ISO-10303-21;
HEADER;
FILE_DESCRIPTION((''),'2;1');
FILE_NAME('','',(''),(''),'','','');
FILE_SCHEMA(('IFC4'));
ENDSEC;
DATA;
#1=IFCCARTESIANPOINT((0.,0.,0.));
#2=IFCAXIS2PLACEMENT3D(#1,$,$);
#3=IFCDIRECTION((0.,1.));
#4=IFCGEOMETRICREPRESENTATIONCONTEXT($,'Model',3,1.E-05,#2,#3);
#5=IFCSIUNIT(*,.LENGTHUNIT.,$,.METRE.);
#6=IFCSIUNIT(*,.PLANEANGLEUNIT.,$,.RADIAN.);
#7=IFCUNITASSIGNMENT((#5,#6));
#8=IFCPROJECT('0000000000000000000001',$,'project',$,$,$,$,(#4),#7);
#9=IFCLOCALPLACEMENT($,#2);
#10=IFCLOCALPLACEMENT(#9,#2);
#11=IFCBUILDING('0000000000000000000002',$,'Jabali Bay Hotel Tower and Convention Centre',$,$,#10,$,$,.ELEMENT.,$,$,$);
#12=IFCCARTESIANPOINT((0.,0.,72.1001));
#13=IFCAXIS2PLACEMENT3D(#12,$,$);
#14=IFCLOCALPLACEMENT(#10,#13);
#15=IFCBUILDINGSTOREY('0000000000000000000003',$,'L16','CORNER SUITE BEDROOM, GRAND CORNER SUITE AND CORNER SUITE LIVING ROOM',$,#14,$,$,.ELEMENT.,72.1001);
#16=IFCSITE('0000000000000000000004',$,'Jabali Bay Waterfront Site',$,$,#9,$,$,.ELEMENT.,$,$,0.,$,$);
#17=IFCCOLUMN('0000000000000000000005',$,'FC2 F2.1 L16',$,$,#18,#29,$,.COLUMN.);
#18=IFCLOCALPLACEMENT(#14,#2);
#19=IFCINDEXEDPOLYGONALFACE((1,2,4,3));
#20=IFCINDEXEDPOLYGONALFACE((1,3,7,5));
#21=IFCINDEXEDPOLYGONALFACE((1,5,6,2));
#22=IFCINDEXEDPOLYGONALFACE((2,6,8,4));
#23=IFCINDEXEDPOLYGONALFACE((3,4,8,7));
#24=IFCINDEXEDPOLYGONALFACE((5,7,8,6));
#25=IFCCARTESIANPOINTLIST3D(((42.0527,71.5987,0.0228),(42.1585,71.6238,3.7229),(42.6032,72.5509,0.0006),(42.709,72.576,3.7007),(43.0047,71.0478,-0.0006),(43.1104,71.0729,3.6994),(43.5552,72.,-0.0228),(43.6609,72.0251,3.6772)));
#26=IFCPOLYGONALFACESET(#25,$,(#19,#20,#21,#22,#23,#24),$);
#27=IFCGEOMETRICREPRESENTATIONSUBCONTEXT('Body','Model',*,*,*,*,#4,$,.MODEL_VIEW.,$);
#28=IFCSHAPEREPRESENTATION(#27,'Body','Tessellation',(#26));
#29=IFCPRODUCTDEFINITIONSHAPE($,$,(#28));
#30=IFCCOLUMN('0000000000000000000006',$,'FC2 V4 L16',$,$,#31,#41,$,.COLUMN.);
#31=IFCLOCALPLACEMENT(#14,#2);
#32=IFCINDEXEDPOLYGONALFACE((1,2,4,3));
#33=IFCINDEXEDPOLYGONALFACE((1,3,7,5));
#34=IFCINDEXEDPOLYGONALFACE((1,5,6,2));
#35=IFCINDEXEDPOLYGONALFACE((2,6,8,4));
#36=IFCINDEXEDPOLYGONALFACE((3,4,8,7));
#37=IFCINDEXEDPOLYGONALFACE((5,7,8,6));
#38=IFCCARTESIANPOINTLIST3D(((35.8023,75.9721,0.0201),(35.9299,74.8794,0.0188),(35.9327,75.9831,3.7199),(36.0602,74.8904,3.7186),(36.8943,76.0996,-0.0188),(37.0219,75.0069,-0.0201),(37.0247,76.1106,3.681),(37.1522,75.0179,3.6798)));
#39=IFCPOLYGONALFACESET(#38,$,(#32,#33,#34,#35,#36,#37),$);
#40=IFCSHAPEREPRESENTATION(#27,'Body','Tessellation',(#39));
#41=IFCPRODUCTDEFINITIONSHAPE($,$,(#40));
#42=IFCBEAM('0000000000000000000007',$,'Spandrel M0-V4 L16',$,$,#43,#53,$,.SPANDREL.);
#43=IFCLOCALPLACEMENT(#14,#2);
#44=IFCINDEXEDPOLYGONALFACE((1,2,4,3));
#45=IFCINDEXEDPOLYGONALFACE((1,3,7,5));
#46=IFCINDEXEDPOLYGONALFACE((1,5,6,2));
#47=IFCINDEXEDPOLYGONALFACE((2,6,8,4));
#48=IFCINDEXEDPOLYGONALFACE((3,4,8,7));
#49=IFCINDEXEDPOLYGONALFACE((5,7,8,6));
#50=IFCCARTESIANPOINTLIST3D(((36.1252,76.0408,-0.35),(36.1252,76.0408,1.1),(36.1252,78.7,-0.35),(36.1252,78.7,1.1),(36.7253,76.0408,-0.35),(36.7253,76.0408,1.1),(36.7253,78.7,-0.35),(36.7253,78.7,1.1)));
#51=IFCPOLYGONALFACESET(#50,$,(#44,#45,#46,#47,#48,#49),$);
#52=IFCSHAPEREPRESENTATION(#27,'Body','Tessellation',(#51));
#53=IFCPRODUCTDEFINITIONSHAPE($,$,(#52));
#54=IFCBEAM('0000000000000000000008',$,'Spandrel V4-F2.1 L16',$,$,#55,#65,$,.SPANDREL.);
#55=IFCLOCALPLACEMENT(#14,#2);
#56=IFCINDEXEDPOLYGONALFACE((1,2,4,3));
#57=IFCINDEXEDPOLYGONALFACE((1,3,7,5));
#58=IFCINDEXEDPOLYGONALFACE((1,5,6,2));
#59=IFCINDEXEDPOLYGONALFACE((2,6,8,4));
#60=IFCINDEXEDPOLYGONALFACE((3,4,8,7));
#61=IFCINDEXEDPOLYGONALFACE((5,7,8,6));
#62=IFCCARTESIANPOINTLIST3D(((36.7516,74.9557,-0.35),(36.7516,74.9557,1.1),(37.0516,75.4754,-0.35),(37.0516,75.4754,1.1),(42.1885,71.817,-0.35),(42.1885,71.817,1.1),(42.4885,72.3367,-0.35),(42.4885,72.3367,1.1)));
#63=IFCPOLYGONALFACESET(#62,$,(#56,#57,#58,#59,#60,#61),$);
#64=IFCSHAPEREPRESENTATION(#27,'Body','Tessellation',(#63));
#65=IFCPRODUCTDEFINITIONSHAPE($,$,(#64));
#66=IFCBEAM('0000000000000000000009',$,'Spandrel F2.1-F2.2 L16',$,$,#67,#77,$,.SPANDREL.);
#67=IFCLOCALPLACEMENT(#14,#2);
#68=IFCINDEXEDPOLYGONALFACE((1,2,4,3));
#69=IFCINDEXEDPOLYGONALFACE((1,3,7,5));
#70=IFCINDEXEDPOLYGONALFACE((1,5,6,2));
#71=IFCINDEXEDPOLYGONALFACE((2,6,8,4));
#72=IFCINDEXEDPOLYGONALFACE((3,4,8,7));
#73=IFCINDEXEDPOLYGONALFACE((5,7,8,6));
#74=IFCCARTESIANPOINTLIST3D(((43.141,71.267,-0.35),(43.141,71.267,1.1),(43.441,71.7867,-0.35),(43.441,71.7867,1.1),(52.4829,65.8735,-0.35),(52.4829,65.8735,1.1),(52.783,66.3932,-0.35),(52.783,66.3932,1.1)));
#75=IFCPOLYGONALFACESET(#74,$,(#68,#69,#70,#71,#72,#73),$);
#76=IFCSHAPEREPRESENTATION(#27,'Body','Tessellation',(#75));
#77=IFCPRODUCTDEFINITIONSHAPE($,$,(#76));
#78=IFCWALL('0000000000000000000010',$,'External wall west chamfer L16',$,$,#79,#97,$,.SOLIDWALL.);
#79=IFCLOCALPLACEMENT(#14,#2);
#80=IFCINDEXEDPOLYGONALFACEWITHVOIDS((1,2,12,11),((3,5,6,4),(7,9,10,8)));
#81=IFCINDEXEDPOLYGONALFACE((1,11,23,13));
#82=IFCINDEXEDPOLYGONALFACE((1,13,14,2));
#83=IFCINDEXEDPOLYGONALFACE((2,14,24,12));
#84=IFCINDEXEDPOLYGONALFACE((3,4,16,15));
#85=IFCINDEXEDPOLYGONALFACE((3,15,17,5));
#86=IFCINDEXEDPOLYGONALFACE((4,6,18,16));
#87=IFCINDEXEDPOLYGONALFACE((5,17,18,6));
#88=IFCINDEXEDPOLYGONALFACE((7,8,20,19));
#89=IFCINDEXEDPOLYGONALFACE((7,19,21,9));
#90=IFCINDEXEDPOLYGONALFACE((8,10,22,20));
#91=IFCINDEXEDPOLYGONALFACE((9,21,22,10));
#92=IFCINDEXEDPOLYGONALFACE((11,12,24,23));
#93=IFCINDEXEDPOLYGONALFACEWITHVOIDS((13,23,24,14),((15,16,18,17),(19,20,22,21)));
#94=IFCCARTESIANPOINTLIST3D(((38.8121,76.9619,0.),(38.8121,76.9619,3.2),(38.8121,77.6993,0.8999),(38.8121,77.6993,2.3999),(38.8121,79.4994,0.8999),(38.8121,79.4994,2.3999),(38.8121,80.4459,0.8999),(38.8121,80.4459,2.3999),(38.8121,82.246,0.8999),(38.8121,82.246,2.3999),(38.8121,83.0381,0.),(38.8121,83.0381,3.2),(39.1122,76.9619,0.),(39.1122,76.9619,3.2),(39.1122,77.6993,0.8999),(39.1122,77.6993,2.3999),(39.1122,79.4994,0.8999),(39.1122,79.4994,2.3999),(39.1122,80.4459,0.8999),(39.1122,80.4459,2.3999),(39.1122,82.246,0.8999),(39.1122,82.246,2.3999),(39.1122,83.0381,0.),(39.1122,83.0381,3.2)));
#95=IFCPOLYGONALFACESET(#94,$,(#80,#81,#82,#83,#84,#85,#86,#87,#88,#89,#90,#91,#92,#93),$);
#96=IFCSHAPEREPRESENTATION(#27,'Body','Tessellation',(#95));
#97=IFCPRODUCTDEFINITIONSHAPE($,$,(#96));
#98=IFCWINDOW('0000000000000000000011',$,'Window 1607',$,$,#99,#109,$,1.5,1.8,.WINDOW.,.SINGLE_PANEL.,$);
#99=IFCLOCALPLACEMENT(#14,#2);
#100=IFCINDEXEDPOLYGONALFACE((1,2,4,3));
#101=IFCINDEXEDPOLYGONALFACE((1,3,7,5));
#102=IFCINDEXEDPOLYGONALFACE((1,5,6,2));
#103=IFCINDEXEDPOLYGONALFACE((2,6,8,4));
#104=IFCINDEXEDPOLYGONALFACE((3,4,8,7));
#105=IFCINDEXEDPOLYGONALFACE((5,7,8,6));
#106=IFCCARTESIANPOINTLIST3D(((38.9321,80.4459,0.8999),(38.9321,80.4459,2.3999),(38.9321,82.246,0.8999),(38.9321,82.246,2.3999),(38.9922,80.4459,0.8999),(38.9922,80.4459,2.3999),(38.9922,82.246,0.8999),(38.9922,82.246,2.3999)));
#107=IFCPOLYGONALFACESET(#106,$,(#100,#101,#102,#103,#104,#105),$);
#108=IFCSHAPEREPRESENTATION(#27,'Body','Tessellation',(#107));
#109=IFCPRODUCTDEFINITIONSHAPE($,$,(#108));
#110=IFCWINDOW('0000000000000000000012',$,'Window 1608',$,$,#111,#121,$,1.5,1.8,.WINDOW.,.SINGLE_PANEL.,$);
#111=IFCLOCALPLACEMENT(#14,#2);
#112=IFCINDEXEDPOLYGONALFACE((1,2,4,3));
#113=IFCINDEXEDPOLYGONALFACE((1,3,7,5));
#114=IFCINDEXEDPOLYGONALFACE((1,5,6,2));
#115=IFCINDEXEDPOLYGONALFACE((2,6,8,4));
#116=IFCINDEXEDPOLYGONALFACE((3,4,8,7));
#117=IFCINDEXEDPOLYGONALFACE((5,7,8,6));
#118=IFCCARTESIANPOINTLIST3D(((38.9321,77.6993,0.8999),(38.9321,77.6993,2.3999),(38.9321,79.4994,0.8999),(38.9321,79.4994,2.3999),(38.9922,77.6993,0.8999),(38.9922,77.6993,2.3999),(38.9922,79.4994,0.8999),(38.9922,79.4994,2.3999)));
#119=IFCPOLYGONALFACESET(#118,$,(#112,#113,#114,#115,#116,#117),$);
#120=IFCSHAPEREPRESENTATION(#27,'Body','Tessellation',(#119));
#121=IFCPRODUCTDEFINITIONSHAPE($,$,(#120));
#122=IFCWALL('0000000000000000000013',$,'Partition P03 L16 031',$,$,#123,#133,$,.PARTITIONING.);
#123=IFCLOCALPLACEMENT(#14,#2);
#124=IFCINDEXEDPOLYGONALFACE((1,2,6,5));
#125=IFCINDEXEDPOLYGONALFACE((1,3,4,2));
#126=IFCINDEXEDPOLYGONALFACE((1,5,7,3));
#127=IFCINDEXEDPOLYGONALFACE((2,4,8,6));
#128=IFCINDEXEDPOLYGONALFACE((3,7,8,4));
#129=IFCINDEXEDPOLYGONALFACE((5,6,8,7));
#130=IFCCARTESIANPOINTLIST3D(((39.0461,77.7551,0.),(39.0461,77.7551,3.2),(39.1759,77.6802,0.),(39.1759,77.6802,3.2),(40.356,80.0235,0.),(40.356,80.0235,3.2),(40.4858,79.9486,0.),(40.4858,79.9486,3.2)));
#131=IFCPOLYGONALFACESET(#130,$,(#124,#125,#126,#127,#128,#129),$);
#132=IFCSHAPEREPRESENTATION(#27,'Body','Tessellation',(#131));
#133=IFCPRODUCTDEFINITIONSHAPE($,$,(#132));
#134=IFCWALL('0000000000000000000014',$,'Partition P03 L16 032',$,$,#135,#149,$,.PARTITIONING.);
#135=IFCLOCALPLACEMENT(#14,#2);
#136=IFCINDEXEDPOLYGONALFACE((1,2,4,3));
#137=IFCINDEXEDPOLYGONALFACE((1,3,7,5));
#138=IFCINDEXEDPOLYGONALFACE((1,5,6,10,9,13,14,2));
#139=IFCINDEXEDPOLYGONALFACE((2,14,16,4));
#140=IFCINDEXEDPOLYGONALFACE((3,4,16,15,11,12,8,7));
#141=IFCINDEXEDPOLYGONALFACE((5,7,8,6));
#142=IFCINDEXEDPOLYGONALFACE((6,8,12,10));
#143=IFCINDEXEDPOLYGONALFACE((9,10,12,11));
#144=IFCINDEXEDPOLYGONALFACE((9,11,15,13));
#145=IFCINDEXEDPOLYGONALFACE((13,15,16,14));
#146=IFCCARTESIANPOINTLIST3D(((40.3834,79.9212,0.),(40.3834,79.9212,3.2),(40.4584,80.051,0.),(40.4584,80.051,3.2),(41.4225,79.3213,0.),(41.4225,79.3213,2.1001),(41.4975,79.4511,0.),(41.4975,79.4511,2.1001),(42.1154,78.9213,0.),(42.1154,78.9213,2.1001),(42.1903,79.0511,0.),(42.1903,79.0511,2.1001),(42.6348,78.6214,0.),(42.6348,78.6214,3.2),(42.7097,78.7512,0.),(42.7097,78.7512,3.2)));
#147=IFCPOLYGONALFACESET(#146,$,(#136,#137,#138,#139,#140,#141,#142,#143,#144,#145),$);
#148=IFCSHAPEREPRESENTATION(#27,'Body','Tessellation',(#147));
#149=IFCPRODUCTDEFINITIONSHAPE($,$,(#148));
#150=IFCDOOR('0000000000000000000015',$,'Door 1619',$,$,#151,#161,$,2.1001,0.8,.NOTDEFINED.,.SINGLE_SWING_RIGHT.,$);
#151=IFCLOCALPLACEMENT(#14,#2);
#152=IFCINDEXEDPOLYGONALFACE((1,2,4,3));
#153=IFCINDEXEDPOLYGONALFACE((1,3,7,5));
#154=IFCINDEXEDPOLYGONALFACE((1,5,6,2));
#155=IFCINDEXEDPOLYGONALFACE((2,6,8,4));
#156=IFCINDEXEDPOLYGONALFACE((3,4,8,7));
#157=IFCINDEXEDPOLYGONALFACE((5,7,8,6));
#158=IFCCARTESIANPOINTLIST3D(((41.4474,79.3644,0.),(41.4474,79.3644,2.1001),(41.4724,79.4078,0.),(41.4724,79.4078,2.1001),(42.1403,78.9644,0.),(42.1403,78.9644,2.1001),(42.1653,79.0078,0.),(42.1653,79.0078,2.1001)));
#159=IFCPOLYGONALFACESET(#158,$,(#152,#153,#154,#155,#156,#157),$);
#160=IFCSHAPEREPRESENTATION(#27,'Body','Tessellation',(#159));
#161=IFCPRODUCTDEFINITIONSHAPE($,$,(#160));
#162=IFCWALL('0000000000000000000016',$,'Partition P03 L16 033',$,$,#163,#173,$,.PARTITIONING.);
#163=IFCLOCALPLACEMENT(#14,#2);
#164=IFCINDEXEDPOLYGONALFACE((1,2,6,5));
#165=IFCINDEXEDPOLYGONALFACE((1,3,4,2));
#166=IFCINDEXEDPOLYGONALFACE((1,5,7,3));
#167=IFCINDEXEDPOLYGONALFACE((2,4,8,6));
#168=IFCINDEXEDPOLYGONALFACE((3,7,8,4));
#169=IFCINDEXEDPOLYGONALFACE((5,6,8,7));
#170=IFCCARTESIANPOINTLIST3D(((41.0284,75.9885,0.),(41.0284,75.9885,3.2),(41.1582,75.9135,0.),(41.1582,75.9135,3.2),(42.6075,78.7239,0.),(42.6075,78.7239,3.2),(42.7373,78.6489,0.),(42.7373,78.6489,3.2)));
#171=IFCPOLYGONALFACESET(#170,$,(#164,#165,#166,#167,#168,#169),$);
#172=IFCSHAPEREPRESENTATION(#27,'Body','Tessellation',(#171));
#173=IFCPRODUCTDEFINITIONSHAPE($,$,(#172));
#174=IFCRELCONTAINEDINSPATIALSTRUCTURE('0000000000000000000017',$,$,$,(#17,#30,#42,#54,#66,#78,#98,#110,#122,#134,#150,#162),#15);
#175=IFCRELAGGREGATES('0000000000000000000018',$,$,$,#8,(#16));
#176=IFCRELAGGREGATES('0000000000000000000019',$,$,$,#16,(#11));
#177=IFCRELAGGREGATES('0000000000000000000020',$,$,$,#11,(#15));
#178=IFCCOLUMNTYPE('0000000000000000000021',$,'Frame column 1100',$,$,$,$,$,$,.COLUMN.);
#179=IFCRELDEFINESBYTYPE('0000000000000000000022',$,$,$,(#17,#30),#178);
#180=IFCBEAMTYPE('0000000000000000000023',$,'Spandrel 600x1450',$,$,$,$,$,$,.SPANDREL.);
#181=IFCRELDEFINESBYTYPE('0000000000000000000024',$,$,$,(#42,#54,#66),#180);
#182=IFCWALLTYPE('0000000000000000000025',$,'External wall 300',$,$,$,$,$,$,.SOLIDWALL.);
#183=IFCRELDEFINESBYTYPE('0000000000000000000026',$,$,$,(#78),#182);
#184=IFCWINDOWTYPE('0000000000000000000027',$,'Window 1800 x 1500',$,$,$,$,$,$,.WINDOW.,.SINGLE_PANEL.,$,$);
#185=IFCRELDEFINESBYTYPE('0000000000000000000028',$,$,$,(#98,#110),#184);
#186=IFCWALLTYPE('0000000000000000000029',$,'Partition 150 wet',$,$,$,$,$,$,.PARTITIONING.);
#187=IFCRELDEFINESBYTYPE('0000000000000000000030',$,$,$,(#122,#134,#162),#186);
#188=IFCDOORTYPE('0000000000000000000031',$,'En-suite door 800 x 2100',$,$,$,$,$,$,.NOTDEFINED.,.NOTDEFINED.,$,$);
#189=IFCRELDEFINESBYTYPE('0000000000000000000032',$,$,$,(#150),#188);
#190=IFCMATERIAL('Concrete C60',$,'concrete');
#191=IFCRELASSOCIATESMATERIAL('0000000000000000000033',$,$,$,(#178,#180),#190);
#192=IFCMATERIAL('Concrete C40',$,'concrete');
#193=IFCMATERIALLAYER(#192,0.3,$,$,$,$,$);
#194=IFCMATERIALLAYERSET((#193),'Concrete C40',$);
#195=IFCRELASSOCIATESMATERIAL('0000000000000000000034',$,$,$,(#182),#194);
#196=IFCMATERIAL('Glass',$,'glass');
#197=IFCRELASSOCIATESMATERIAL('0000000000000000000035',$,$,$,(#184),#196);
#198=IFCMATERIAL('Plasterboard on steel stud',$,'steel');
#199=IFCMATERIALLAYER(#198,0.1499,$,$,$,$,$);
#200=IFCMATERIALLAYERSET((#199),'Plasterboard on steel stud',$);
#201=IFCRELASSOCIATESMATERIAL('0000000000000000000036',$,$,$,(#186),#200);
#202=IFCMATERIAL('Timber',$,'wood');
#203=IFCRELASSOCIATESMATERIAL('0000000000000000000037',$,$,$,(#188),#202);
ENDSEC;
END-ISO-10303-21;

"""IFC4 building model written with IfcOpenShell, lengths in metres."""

from ifc_helpers import new_model, si_unit, direction, frame, frame_2d, origin, origin_2d, place, context, subcontext, project, spatial, rectangle, extrude, material, layer, layer_set, material_profile, profile_set, type_object, element, fill, save


model = new_model("IFC4")

# Units and contexts
model_context = context("Model", 3, precision=1e-05, world=origin(), true_north=direction((0.0, 1.0)))
body_context = subcontext(model_context, "Body", "Model", "MODEL_VIEW")
ifc_project = project(units=[si_unit("LENGTHUNIT", "METRE"), si_unit("PLANEANGLEUNIT", "RADIAN")], contexts=[model_context])

# Site, building, storey
site_placement = place(None, origin())
site = spatial("IfcSite", under=ifc_project, at=site_placement, Name="Jabali Bay Waterfront Site", CompositionType="ELEMENT", RefElevation=0.0)
building_placement = place(site_placement, origin())
building = spatial("IfcBuilding", under=site, at=building_placement, Name="Jabali Bay Hotel Tower and Convention Centre", CompositionType="ELEMENT")
storey_placement = place(building_placement, frame((0.0, 0.0, 72.1001)))
storey = spatial("IfcBuildingStorey", under=building, at=storey_placement, Name="L16", Description="CORNER SUITE BEDROOM, GRAND CORNER SUITE AND CORNER SUITE LIVING ROOM", CompositionType="ELEMENT", Elevation=72.1001)

# Columns
ifc_material_1 = material(Name="Concrete C60", Category="concrete")
ifc_material_profile_1 = material_profile(ifc_material_1, rectangle(XDim=1.1001, YDim=1.1001, at=origin_2d()), Name="Frame column 1100")
ifc_profile_set_1 = profile_set([ifc_material_profile_1], Name="Concrete C60")
column_type = type_object("IfcColumnType", Name="Frame column 1100", PredefinedType="COLUMN", material=ifc_profile_set_1)
column_1_placement = place(storey_placement, frame((42.804, 71.7993, 0.0), z_axis=(0.028559, 0.006794, 0.999569), x_axis=(-0.865319, 0.500768, 0.02132)))
element("IfcColumn", 1, at=column_1_placement, inside=storey, type_object=column_type, Name="FC2 F2.1 L16", PredefinedType="COLUMN", context=body_context, shape_type="SweptSolid", body=[
    extrude(rectangle(XDim=1.1001, YDim=1.1001, at=origin_2d()), origin(), (0.0, 0.0, 1.0), 3.7017),
])
column_2_placement = place(storey_placement, frame((36.4121, 75.4895, 0.0), z_axis=(0.035214, 0.002967, 0.999375), x_axis=(-0.115923, 0.993258, 0.001135)))
element("IfcColumn", 2, at=column_2_placement, inside=storey, type_object=column_type, Name="FC2 V4 L16", PredefinedType="COLUMN", context=body_context, shape_type="SweptSolid", body=[
    extrude(rectangle(XDim=1.1001, YDim=1.1001, at=origin_2d()), origin(), (0.0, 0.0, 1.0), 3.7021),
])

# Beams
ifc_material_profile_2 = material_profile(ifc_material_1, rectangle(XDim=0.6001, YDim=1.45, at=origin_2d()), Name="Spandrel 600x1450")
ifc_profile_set_2 = profile_set([ifc_material_profile_2], Name="Concrete C60")
beam_type = type_object("IfcBeamType", Name="Spandrel 600x1450", PredefinedType="SPANDREL", material=ifc_profile_set_2)
beam_1_placement = place(storey_placement, frame((36.4253, 78.7, 0.375), z_axis=(0.0, -1.0, 0.0), x_axis=(1.0, 0.0, 0.0)))
element("IfcBeam", 3, at=beam_1_placement, inside=storey, type_object=beam_type, Name="Spandrel M0-V4 L16", PredefinedType="SPANDREL", context=body_context, shape_type="SweptSolid", body=[
    extrude(rectangle(XDim=0.6001, YDim=1.45, at=origin_2d()), origin(), (0.0, 0.0, 1.0), 2.6592),
])
beam_2_placement = place(storey_placement, frame((36.9016, 75.2156, 0.375), z_axis=(0.866042, -0.49997, 0.0), x_axis=(0.49997, 0.866042, 0.0)))
element("IfcBeam", 4, at=beam_2_placement, inside=storey, type_object=beam_type, Name="Spandrel V4-F2.1 L16", PredefinedType="SPANDREL", context=body_context, shape_type="SweptSolid", body=[
    extrude(rectangle(XDim=0.6001, YDim=1.45, at=origin_2d()), origin(), (0.0, 0.0, 1.0), 6.2778),
])
beam_3_placement = place(storey_placement, frame((43.291, 71.5269, 0.375), z_axis=(0.866028, -0.499995, 0.0), x_axis=(0.499995, 0.866028, 0.0)))
element("IfcBeam", 5, at=beam_3_placement, inside=storey, type_object=beam_type, Name="Spandrel F2.1-F2.2 L16", PredefinedType="SPANDREL", context=body_context, shape_type="SweptSolid", body=[
    extrude(rectangle(XDim=0.6001, YDim=1.45, at=origin_2d()), origin(), (0.0, 0.0, 1.0), 10.7871),
])

# Wall, openings, windows
ifc_material_2 = material(Name="Concrete C40", Category="concrete")
ifc_layer_1 = layer(ifc_material_2, 0.3)
ifc_layer_set_1 = layer_set([ifc_layer_1], Name="Concrete C40")
wall_type_1 = type_object("IfcWallType", Name="External wall 300", PredefinedType="SOLIDWALL", material=ifc_layer_set_1)
wall_1_placement = place(storey_placement, frame((38.9622, 76.9619, 0.0), z_axis=(0.0, 0.0, 1.0), x_axis=(0.0, 1.0, 0.0)))
wall_1 = element("IfcWall", 6, at=wall_1_placement, inside=storey, type_object=wall_type_1, Name="External wall west chamfer L16", PredefinedType="SOLIDWALL", context=body_context, shape_type="SweptSolid", body=[
    extrude(rectangle(XDim=6.0762, YDim=0.3, at=frame_2d((3.0381, 0.0))), origin(), (0.0, 0.0, 1.0), 3.2),
])
opening_1_placement = place(wall_1_placement, frame((3.4841, 0.0, 0.8999)))
opening_1 = element("IfcOpeningElement", 7, at=opening_1_placement, cuts=wall_1, PredefinedType="OPENING", context=body_context, shape_type="SweptSolid", body=[
    extrude(rectangle(XDim=1.8, YDim=1.5, at=frame_2d((0.8999, 0.75))), frame((0.0, 0.1606, 0.0), z_axis=(0.0, -1.0, 0.0), x_axis=(1.0, 0.0, 0.0)), (0.0, 0.0, 1.0), 0.321),
])
opening_2_placement = place(wall_1_placement, frame((0.7375, 0.0, 0.8999)))
opening_2 = element("IfcOpeningElement", 8, at=opening_2_placement, cuts=wall_1, PredefinedType="OPENING", context=body_context, shape_type="SweptSolid", body=[
    extrude(rectangle(XDim=1.8, YDim=1.5, at=frame_2d((0.8999, 0.75))), frame((0.0, 0.1606, 0.0), z_axis=(0.0, -1.0, 0.0), x_axis=(1.0, 0.0, 0.0)), (0.0, 0.0, 1.0), 0.321),
])
ifc_material_3 = material(Name="Glass", Category="glass")
window_type = type_object("IfcWindowType", Name="Window 1800 x 1500", PartitioningType="SINGLE_PANEL", PredefinedType="WINDOW", material=ifc_material_3)
window_1_placement = place(opening_1_placement, origin())
window_1 = element("IfcWindow", 9, at=window_1_placement, inside=storey, type_object=window_type, Name="Window 1607", OverallHeight=1.5, OverallWidth=1.8, PartitioningType="SINGLE_PANEL", PredefinedType="WINDOW", context=body_context, shape_type="SweptSolid", body=[
    extrude(rectangle(XDim=1.8, YDim=1.5, at=frame_2d((0.8999, 0.75))), frame((0.0, 0.03, 0.0), z_axis=(0.0, -1.0, 0.0), x_axis=(1.0, 0.0, 0.0)), (0.0, 0.0, 1.0), 0.0601),
])
fill(opening_1, window_1)
window_2_placement = place(opening_2_placement, origin())
window_2 = element("IfcWindow", 10, at=window_2_placement, inside=storey, type_object=window_type, Name="Window 1608", OverallHeight=1.5, OverallWidth=1.8, PartitioningType="SINGLE_PANEL", PredefinedType="WINDOW", context=body_context, shape_type="SweptSolid", body=[
    extrude(rectangle(XDim=1.8, YDim=1.5, at=frame_2d((0.8999, 0.75))), frame((0.0, 0.03, 0.0), z_axis=(0.0, -1.0, 0.0), x_axis=(1.0, 0.0, 0.0)), (0.0, 0.0, 1.0), 0.0601),
])
fill(opening_2, window_2)

# Wall
ifc_material_4 = material(Name="Plasterboard on steel stud", Category="steel")
ifc_layer_2 = layer(ifc_material_4, 0.1499)
ifc_layer_set_2 = layer_set([ifc_layer_2], Name="Plasterboard on steel stud")
wall_type_2 = type_object("IfcWallType", Name="Partition 150 wet", PredefinedType="PARTITIONING", material=ifc_layer_set_2)
wall_2_placement = place(storey_placement, frame((39.1111, 77.7178, 0.0), z_axis=(0.0, 0.0, 1.0), x_axis=(0.500059, 0.865992, 0.0)))
element("IfcWall", 11, at=wall_2_placement, inside=storey, type_object=wall_type_2, Name="Partition P03 L16 031", PredefinedType="PARTITIONING", context=body_context, shape_type="SweptSolid", body=[
    extrude(rectangle(XDim=2.6194, YDim=0.1499, at=frame_2d((1.3096, 0.0))), origin(), (0.0, 0.0, 1.0), 3.2),
])

# Wall, opening, door
wall_3_placement = place(storey_placement, frame((40.4209, 79.9861, 0.0), z_axis=(0.0, 0.0, 1.0), x_axis=(0.866039, -0.499977, 0.0)))
wall_3 = element("IfcWall", 12, at=wall_3_placement, inside=storey, type_object=wall_type_2, Name="Partition P03 L16 032", PredefinedType="PARTITIONING", context=body_context, shape_type="SweptSolid", body=[
    extrude(rectangle(XDim=2.5996, YDim=0.1499, at=frame_2d((1.2998, 0.0))), origin(), (0.0, 0.0, 1.0), 3.2),
])
opening_3_placement = place(wall_3_placement, frame((1.2, 0.0, 0.0)))
opening_3 = element("IfcOpeningElement", 13, at=opening_3_placement, cuts=wall_3, PredefinedType="OPENING", context=body_context, shape_type="SweptSolid", body=[
    extrude(rectangle(XDim=0.8, YDim=2.1001, at=frame_2d((0.3999, 1.05))), frame((0.0, 0.0854, 0.0), z_axis=(0.0, -1.0, 0.0), x_axis=(1.0, 0.0, 0.0)), (0.0, 0.0, 1.0), 0.1709),
])
ifc_material_5 = material(Name="Timber", Category="wood")
door_type = type_object("IfcDoorType", Name="En-suite door 800 x 2100", OperationType="NOTDEFINED", PredefinedType="NOTDEFINED", material=ifc_material_5)
door_placement = place(opening_3_placement, origin())
door = element("IfcDoor", 14, at=door_placement, inside=storey, type_object=door_type, Name="Door 1619", OperationType="SINGLE_SWING_RIGHT", OverallHeight=2.1001, OverallWidth=0.8, PredefinedType="NOTDEFINED", context=body_context, shape_type="SweptSolid", body=[
    extrude(rectangle(XDim=0.8, YDim=2.1001, at=frame_2d((0.3999, 1.05))), frame((0.0, 0.0249, 0.0), z_axis=(0.0, -1.0, 0.0), x_axis=(1.0, 0.0, 0.0)), (0.0, 0.0, 1.0), 0.05),
])
fill(opening_3, door)

# Wall
wall_4_placement = place(storey_placement, frame((42.6724, 78.6863, 0.0), z_axis=(0.0, 0.0, 1.0), x_axis=(-0.499963, -0.866047, 0.0)))
element("IfcWall", 15, at=wall_4_placement, inside=storey, type_object=wall_type_2, Name="Partition P03 L16 033", PredefinedType="PARTITIONING", context=body_context, shape_type="SweptSolid", body=[
    extrude(rectangle(XDim=3.1584, YDim=0.1499, at=frame_2d((1.5791, 0.0))), origin(), (0.0, 0.0, 1.0), 3.2),
])

save(model, "model.ifc")
